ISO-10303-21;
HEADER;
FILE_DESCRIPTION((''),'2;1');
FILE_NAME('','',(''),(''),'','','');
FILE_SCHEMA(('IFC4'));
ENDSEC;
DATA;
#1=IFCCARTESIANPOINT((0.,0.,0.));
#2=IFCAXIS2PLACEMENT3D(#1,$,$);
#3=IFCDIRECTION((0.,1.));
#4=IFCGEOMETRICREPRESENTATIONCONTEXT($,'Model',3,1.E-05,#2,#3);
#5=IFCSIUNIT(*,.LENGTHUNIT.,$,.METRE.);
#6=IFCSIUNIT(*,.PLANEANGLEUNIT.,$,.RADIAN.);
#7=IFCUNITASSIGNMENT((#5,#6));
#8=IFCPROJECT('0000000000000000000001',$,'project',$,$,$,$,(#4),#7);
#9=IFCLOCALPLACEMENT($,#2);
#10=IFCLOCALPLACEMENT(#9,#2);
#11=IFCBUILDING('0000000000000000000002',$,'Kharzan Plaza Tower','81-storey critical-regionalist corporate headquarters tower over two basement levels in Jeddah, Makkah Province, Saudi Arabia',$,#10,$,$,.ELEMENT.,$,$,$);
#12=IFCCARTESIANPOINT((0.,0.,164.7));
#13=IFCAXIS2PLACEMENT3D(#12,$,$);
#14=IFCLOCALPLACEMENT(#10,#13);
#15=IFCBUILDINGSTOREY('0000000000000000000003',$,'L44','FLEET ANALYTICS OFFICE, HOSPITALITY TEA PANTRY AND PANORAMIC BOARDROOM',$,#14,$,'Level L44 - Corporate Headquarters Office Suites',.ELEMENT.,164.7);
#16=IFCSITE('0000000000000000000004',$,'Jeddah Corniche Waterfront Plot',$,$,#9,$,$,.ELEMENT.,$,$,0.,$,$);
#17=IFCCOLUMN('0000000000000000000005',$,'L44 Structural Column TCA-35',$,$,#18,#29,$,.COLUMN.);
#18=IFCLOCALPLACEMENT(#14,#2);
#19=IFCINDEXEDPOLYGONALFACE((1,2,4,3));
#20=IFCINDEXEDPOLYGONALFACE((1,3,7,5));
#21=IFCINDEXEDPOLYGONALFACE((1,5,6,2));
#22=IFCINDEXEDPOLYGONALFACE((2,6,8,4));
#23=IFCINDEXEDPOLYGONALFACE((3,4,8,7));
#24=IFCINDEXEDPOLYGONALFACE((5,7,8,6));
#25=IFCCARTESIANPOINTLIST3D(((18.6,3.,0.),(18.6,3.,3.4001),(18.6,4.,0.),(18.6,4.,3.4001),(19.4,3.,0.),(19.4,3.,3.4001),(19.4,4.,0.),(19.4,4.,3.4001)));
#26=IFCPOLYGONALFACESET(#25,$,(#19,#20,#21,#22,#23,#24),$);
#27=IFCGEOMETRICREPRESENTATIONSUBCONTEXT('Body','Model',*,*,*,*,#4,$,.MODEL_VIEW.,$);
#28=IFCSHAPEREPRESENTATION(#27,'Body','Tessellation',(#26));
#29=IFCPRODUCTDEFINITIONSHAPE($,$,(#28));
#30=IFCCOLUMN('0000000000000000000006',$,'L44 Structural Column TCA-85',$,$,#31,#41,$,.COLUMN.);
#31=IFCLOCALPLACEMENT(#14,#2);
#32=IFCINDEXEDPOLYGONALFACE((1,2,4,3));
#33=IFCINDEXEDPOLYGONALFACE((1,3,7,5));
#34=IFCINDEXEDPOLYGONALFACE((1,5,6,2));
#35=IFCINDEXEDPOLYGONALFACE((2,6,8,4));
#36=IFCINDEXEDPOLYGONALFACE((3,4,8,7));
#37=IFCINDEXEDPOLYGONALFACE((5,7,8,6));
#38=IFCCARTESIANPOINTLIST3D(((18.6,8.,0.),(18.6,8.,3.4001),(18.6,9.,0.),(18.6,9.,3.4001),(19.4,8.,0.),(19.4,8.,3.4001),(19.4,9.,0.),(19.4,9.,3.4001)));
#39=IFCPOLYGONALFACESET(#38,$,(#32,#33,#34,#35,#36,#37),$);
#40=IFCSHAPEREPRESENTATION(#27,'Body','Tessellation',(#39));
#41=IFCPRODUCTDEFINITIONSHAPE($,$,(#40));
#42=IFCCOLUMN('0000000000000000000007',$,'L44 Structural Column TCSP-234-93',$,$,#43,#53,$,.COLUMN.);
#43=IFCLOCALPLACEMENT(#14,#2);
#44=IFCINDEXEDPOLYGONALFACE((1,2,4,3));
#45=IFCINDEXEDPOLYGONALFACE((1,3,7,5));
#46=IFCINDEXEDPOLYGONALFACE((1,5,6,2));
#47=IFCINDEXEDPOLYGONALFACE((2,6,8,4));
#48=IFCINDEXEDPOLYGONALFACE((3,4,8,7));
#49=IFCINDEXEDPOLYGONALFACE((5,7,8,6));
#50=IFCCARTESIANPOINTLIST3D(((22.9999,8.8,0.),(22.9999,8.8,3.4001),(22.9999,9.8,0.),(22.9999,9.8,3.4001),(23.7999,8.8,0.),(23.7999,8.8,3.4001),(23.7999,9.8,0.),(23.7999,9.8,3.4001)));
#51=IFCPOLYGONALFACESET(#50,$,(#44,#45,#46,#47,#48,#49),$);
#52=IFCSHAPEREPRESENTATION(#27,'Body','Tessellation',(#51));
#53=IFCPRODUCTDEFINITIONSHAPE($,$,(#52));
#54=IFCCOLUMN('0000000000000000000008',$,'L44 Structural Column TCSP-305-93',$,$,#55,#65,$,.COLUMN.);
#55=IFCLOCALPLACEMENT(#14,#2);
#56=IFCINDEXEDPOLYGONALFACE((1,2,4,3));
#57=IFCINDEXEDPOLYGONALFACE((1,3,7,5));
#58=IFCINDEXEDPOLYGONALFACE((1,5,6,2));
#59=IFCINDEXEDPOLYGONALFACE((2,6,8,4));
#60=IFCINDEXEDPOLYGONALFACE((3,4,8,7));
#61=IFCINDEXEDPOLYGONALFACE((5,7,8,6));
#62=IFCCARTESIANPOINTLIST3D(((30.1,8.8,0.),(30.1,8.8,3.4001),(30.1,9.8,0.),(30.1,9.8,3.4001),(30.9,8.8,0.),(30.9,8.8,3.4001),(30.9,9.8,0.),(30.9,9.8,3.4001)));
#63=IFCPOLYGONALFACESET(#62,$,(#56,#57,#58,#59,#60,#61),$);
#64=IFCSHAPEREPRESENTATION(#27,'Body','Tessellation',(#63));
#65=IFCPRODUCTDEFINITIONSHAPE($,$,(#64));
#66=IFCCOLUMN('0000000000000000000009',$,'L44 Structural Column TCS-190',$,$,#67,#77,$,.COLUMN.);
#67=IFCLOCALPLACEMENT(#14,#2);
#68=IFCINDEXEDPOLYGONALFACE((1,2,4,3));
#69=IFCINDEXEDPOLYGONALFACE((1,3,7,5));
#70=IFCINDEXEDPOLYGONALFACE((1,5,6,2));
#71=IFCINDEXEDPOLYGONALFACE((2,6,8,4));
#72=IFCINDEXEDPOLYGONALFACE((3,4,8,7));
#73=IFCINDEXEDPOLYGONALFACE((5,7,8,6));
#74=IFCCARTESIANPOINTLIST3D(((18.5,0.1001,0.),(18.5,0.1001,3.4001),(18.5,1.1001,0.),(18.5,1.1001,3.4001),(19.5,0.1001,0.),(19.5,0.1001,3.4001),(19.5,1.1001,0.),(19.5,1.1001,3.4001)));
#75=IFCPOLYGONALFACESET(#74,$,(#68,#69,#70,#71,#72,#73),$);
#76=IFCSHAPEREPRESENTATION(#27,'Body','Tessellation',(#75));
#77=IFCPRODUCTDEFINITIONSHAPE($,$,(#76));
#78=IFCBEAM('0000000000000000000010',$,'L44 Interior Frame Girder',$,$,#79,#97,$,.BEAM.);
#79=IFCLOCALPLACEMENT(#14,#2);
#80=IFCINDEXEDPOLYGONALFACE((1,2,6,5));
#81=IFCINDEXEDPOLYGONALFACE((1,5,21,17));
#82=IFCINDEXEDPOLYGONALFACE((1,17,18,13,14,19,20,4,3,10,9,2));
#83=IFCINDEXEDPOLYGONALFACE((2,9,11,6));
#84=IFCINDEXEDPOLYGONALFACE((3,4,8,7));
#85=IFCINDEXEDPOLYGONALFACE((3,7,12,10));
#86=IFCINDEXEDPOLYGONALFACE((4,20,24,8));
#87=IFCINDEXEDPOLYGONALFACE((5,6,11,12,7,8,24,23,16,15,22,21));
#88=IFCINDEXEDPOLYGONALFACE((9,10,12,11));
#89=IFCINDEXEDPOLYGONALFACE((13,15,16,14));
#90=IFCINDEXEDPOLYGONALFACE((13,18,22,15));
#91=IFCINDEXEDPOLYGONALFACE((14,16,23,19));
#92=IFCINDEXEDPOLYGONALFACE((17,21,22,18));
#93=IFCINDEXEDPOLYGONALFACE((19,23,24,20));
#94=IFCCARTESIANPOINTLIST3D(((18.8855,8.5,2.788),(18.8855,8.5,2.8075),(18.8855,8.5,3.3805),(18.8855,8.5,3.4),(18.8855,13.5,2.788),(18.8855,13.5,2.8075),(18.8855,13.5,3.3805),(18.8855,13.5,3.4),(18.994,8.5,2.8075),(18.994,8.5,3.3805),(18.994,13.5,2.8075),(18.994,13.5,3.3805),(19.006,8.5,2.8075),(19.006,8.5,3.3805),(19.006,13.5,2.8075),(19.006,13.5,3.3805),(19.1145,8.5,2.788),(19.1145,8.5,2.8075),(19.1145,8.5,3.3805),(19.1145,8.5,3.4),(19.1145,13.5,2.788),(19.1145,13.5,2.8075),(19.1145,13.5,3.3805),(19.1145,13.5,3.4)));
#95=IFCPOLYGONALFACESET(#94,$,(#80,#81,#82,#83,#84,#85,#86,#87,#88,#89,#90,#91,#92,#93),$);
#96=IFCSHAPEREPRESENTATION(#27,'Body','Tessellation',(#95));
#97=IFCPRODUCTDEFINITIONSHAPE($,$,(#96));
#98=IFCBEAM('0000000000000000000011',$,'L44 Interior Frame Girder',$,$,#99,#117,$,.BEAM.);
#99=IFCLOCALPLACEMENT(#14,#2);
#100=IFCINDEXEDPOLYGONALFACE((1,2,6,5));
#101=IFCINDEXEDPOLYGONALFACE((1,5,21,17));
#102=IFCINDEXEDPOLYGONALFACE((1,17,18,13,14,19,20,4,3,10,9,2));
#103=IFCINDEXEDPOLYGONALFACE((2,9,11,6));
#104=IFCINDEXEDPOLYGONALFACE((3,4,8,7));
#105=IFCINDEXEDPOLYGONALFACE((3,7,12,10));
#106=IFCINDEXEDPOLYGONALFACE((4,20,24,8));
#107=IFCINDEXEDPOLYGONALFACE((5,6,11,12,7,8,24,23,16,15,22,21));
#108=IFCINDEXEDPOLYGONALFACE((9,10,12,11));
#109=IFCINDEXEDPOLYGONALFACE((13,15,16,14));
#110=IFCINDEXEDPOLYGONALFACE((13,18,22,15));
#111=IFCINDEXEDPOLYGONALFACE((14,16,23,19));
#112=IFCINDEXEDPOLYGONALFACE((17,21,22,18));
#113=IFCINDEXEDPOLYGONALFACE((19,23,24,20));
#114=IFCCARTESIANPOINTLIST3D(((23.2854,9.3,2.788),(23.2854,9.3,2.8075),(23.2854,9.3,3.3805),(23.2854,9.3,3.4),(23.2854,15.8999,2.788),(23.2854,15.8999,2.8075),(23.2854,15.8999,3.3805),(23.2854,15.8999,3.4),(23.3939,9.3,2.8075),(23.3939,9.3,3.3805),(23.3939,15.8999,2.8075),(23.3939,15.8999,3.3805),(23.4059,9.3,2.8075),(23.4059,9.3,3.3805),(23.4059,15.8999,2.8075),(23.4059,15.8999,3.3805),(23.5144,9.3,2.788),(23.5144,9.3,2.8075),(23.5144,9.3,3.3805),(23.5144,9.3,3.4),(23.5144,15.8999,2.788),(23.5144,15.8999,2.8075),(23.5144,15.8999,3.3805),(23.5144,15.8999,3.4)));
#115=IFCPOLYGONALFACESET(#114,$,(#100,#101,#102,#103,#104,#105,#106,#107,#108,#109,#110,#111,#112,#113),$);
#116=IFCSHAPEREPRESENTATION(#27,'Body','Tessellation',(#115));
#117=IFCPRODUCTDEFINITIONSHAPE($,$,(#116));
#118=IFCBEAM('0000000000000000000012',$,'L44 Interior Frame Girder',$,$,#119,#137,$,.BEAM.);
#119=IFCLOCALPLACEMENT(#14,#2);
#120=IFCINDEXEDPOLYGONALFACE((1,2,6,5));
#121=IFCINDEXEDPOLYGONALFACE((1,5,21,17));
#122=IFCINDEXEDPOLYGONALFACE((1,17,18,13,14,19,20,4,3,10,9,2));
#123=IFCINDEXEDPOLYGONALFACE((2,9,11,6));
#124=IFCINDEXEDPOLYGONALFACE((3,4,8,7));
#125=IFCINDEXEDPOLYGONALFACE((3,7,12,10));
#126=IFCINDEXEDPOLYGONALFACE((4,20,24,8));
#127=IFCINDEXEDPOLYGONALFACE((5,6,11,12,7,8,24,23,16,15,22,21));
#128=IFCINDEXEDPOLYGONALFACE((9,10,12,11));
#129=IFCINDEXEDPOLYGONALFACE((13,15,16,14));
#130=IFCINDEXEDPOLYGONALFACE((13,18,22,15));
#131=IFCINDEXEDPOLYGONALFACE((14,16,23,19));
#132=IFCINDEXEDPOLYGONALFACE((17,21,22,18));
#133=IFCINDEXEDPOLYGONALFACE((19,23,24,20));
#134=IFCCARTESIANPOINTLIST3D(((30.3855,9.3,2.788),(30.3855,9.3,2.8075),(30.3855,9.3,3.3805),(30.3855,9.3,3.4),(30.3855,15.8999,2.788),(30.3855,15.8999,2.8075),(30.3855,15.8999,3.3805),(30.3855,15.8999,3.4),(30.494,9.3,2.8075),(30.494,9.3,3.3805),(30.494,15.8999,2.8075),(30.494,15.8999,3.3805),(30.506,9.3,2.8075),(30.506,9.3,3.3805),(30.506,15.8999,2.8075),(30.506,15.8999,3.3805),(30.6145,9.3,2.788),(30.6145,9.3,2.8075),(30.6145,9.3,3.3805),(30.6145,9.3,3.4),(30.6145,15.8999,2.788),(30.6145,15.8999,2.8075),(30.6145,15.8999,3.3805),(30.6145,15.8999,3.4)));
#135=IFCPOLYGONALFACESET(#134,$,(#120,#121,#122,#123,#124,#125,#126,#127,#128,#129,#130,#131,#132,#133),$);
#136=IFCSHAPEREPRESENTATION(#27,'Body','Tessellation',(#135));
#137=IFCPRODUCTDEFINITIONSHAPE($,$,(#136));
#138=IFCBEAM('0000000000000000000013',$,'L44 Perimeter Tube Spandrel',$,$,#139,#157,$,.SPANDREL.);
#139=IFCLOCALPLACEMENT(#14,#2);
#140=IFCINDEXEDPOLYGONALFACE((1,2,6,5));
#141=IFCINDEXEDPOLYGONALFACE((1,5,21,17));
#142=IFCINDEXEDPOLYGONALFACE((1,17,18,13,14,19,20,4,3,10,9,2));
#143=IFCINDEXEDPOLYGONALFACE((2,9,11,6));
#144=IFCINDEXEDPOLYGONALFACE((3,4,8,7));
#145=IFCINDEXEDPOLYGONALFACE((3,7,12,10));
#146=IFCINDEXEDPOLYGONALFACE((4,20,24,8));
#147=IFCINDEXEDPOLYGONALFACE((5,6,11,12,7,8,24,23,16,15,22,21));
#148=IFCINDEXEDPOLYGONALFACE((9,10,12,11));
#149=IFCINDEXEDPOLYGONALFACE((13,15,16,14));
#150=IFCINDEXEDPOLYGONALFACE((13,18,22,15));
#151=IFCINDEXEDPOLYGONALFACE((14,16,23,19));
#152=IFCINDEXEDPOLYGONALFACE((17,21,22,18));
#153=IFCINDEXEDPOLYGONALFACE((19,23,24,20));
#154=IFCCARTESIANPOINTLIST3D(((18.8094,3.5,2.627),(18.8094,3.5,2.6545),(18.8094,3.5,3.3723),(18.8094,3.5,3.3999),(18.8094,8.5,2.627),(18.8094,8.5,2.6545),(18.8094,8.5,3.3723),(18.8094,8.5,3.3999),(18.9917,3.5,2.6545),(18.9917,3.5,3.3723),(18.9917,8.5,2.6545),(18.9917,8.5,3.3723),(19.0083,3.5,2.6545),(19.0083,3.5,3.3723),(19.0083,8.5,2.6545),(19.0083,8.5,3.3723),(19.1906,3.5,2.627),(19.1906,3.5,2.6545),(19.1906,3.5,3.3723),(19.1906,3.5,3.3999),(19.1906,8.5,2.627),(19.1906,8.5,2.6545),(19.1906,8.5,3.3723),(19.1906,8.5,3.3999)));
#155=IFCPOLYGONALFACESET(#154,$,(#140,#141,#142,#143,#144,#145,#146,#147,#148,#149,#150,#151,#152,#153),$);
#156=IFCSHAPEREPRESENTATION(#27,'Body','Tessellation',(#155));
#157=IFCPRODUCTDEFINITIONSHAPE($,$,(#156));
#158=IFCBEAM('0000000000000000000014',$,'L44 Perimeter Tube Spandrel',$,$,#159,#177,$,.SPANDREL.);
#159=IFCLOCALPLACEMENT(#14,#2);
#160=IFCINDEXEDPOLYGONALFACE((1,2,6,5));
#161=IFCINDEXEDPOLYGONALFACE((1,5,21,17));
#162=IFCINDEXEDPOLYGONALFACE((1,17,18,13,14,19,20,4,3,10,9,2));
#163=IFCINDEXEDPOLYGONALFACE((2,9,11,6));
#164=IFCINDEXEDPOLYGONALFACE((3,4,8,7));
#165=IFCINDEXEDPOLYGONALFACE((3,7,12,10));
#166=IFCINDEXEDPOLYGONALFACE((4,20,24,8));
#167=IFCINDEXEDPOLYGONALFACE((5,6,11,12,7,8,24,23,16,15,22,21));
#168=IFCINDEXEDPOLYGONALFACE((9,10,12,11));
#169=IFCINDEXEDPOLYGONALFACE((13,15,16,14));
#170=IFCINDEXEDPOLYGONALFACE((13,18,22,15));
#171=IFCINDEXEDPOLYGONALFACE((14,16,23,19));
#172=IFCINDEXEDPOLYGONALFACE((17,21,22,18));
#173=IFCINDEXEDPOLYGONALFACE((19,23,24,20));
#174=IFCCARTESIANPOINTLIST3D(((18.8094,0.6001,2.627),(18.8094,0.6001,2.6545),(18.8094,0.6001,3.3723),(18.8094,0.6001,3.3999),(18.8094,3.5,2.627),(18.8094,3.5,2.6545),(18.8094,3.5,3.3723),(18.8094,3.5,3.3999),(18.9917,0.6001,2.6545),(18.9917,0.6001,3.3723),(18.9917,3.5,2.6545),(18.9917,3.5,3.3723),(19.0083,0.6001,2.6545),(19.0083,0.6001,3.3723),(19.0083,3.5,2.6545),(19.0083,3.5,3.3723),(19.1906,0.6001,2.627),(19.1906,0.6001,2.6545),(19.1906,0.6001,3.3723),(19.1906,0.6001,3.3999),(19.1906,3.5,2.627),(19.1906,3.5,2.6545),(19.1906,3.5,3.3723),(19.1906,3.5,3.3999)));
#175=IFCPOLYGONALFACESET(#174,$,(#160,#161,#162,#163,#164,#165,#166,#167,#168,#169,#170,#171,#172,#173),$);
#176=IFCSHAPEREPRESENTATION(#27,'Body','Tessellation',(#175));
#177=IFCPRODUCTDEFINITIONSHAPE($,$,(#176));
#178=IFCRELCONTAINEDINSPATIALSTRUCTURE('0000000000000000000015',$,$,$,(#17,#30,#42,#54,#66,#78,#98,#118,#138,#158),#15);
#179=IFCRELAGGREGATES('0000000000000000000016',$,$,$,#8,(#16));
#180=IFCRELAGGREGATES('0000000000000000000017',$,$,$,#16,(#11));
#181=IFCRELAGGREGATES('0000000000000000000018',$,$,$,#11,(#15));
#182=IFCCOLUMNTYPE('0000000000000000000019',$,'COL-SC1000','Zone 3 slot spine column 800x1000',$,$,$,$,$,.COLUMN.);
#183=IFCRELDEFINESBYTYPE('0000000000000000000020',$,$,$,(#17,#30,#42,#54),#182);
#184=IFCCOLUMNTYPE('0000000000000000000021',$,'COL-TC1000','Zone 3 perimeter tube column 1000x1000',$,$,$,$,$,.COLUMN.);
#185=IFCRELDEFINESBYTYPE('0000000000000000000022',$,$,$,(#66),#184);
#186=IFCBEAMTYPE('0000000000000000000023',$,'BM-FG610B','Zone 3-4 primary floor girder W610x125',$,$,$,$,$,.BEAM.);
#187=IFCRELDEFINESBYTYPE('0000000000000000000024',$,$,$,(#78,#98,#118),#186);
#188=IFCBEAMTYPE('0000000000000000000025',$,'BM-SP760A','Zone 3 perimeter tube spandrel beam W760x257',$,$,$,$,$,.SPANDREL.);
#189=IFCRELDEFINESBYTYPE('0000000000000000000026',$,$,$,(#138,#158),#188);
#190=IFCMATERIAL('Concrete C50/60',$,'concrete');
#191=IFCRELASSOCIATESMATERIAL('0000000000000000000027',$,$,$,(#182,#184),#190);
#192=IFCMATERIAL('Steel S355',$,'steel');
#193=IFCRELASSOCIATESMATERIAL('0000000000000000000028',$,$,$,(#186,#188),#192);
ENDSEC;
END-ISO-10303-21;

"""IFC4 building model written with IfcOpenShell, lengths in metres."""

from ifc_helpers import new_model, si_unit, direction, frame, origin, origin_2d, place, context, subcontext, project, spatial, rectangle, i_section, extrude, source, transform, mapped, material, material_profile, profile_set, type_object, element, save


model = new_model("IFC4")

# Units and contexts
model_context = context("Model", 3, precision=1e-05, world=origin(), true_north=direction((0.0, 1.0)))
body_context = subcontext(model_context, "Body", "Model", "MODEL_VIEW")
ifc_project = project(units=[si_unit("LENGTHUNIT", "METRE"), si_unit("PLANEANGLEUNIT", "RADIAN")], contexts=[model_context])

# Site, building, storey
site_placement = place(None, origin())
site = spatial("IfcSite", under=ifc_project, at=site_placement, Name="Jeddah Corniche Waterfront Plot", CompositionType="ELEMENT", RefElevation=0.0)
building_placement = place(site_placement, origin())
building = spatial("IfcBuilding", under=site, at=building_placement, Name="Kharzan Plaza Tower", Description="81-storey critical-regionalist corporate headquarters tower over two basement levels in Jeddah, Makkah Province, Saudi Arabia", CompositionType="ELEMENT")
storey_placement = place(building_placement, frame((0.0, 0.0, 164.7)))
storey = spatial("IfcBuildingStorey", under=building, at=storey_placement, Name="L44", Description="FLEET ANALYTICS OFFICE, HOSPITALITY TEA PANTRY AND PANORAMIC BOARDROOM", LongName="Level L44 - Corporate Headquarters Office Suites", CompositionType="ELEMENT", Elevation=164.7)

# Columns
ifc_material_1 = material(Name="Concrete C50/60", Category="concrete")
ifc_material_profile_1 = material_profile(ifc_material_1, rectangle(XDim=0.8, YDim=1.0, at=origin_2d()), Name="RC-SC1000x800")
ifc_profile_set_1 = profile_set([ifc_material_profile_1], Name="Concrete C50/60")
column_type_1 = type_object("IfcColumnType", Name="COL-SC1000", Description="Zone 3 slot spine column 800x1000", PredefinedType="COLUMN", material=ifc_profile_set_1)
shared_shape_1 = source(origin(), body_context, "Body", "SweptSolid", [
    extrude(rectangle(XDim=0.8, YDim=1.0, at=origin_2d()), origin(), (0.0, 0.0, 1.0), 3.4001),
])
for number, where, z_axis, x_axis, name in (
    (1, (19.0, 3.5, 0.0), (0.0, 0.0, 1.0), (1.0, 0.0, 0.0), "L44 Structural Column TCA-35"),
    (2, (19.0, 8.5, 0.0), (0.0, 0.0, 1.0), (1.0, 0.0, 0.0), "L44 Structural Column TCA-85"),
    (3, (23.3999, 9.3, 0.0), (0.0, 0.0, 1.0), (1.0, 0.0, 0.0), "L44 Structural Column TCSP-234-93"),
    (4, (30.5, 9.3, 0.0), (0.0, 0.0, 1.0), (1.0, 0.0, 0.0), "L44 Structural Column TCSP-305-93"),
):
    element("IfcColumn", number, at=place(storey_placement, frame(where, z_axis=z_axis, x_axis=x_axis)), inside=storey, type_object=column_type_1, Name=name, PredefinedType="COLUMN", context=body_context, shape_type="MappedRepresentation", body=[
        mapped(shared_shape_1, transform((0.0, 0.0, 0.0), x_axis=(1.0, 0.0, 0.0), y_axis=(0.0, 1.0, 0.0), z_axis=(0.0, 0.0, 1.0))),
    ])
ifc_material_profile_2 = material_profile(ifc_material_1, rectangle(XDim=1.0, YDim=1.0, at=origin_2d()), Name="RC-TC1000x1000")
ifc_profile_set_2 = profile_set([ifc_material_profile_2], Name="Concrete C50/60")
column_type_2 = type_object("IfcColumnType", Name="COL-TC1000", Description="Zone 3 perimeter tube column 1000x1000", PredefinedType="COLUMN", material=ifc_profile_set_2)
shared_shape_2 = source(origin(), body_context, "Body", "SweptSolid", [
    extrude(rectangle(XDim=1.0, YDim=1.0, at=origin_2d()), origin(), (0.0, 0.0, 1.0), 3.4001),
])
column_placement = place(storey_placement, frame((19.0, 0.6001, 0.0), z_axis=(0.0, 0.0, 1.0), x_axis=(1.0, 0.0, 0.0)))
element("IfcColumn", 5, at=column_placement, inside=storey, type_object=column_type_2, Name="L44 Structural Column TCS-190", PredefinedType="COLUMN", context=body_context, shape_type="MappedRepresentation", body=[
    mapped(shared_shape_2, transform((0.0, 0.0, 0.0), x_axis=(1.0, 0.0, 0.0), y_axis=(0.0, 1.0, 0.0), z_axis=(0.0, 0.0, 1.0))),
])

# Beams
ifc_material_2 = material(Name="Steel S355", Category="steel")
ifc_material_profile_3 = material_profile(ifc_material_2, i_section(OverallWidth=0.229, OverallDepth=0.6121, WebThickness=0.012, FlangeThickness=0.0195, at=origin_2d()), Name="W610x125")
ifc_profile_set_3 = profile_set([ifc_material_profile_3], Name="Steel S355")
beam_type_1 = type_object("IfcBeamType", Name="BM-FG610B", Description="Zone 3-4 primary floor girder W610x125", PredefinedType="BEAM", material=ifc_profile_set_3)
shared_shape_3 = source(origin(), body_context, "Body", "SweptSolid", [
    extrude(i_section(OverallWidth=0.229, OverallDepth=0.6121, WebThickness=0.012, FlangeThickness=0.0195, at=origin_2d()), origin(), (0.0, 0.0, 1.0), 5.0),
])
beam_1_placement = place(storey_placement, frame((19.0, 8.5, 3.094), z_axis=(0.0, 1.0, 0.0), x_axis=(-1.0, 0.0, 0.0)))
element("IfcBeam", 6, at=beam_1_placement, inside=storey, type_object=beam_type_1, Name="L44 Interior Frame Girder", PredefinedType="BEAM", context=body_context, shape_type="MappedRepresentation", body=[
    mapped(shared_shape_3, transform((0.0, 0.0, 0.0), x_axis=(1.0, 0.0, 0.0), y_axis=(0.0, 1.0, 0.0), z_axis=(0.0, 0.0, 1.0))),
])
shared_shape_4 = source(origin(), body_context, "Body", "SweptSolid", [
    extrude(i_section(OverallWidth=0.229, OverallDepth=0.6121, WebThickness=0.012, FlangeThickness=0.0195, at=origin_2d()), origin(), (0.0, 0.0, 1.0), 6.5999),
])
for number, where, z_axis, x_axis, name in (
    (7, (23.3999, 9.3, 3.094), (0.0, 1.0, 0.0), (-1.0, 0.0, 0.0), "L44 Interior Frame Girder"),
    (8, (30.5, 9.3, 3.094), (0.0, 1.0, 0.0), (-1.0, 0.0, 0.0), "L44 Interior Frame Girder"),
):
    element("IfcBeam", number, at=place(storey_placement, frame(where, z_axis=z_axis, x_axis=x_axis)), inside=storey, type_object=beam_type_1, Name=name, PredefinedType="BEAM", context=body_context, shape_type="MappedRepresentation", body=[
        mapped(shared_shape_4, transform((0.0, 0.0, 0.0), x_axis=(1.0, 0.0, 0.0), y_axis=(0.0, 1.0, 0.0), z_axis=(0.0, 0.0, 1.0))),
    ])
ifc_material_profile_4 = material_profile(ifc_material_2, i_section(OverallWidth=0.3811, OverallDepth=0.7729, WebThickness=0.0166, FlangeThickness=0.0276, at=origin_2d()), Name="W760x257")
ifc_profile_set_4 = profile_set([ifc_material_profile_4], Name="Steel S355")
beam_type_2 = type_object("IfcBeamType", Name="BM-SP760A", Description="Zone 3 perimeter tube spandrel beam W760x257", PredefinedType="SPANDREL", material=ifc_profile_set_4)
shared_shape_5 = source(origin(), body_context, "Body", "SweptSolid", [
    extrude(i_section(OverallWidth=0.3811, OverallDepth=0.7729, WebThickness=0.0166, FlangeThickness=0.0276, at=origin_2d()), origin(), (0.0, 0.0, 1.0), 5.0),
])
beam_2_placement = place(storey_placement, frame((19.0, 3.5, 3.0134), z_axis=(0.0, 1.0, 0.0), x_axis=(-1.0, 0.0, 0.0)))
element("IfcBeam", 9, at=beam_2_placement, inside=storey, type_object=beam_type_2, Name="L44 Perimeter Tube Spandrel", PredefinedType="SPANDREL", context=body_context, shape_type="MappedRepresentation", body=[
    mapped(shared_shape_5, transform((0.0, 0.0, 0.0), x_axis=(1.0, 0.0, 0.0), y_axis=(0.0, 1.0, 0.0), z_axis=(0.0, 0.0, 1.0))),
])
shared_shape_6 = source(origin(), body_context, "Body", "SweptSolid", [
    extrude(i_section(OverallWidth=0.3811, OverallDepth=0.7729, WebThickness=0.0166, FlangeThickness=0.0276, at=origin_2d()), origin(), (0.0, 0.0, 1.0), 2.8999),
])
beam_3_placement = place(storey_placement, frame((19.0, 0.6001, 3.0134), z_axis=(0.0, 1.0, 0.0), x_axis=(-1.0, 0.0, 0.0)))
element("IfcBeam", 10, at=beam_3_placement, inside=storey, type_object=beam_type_2, Name="L44 Perimeter Tube Spandrel", PredefinedType="SPANDREL", context=body_context, shape_type="MappedRepresentation", body=[
    mapped(shared_shape_6, transform((0.0, 0.0, 0.0), x_axis=(1.0, 0.0, 0.0), y_axis=(0.0, 1.0, 0.0), z_axis=(0.0, 0.0, 1.0))),
])

save(model, "model.ifc")
